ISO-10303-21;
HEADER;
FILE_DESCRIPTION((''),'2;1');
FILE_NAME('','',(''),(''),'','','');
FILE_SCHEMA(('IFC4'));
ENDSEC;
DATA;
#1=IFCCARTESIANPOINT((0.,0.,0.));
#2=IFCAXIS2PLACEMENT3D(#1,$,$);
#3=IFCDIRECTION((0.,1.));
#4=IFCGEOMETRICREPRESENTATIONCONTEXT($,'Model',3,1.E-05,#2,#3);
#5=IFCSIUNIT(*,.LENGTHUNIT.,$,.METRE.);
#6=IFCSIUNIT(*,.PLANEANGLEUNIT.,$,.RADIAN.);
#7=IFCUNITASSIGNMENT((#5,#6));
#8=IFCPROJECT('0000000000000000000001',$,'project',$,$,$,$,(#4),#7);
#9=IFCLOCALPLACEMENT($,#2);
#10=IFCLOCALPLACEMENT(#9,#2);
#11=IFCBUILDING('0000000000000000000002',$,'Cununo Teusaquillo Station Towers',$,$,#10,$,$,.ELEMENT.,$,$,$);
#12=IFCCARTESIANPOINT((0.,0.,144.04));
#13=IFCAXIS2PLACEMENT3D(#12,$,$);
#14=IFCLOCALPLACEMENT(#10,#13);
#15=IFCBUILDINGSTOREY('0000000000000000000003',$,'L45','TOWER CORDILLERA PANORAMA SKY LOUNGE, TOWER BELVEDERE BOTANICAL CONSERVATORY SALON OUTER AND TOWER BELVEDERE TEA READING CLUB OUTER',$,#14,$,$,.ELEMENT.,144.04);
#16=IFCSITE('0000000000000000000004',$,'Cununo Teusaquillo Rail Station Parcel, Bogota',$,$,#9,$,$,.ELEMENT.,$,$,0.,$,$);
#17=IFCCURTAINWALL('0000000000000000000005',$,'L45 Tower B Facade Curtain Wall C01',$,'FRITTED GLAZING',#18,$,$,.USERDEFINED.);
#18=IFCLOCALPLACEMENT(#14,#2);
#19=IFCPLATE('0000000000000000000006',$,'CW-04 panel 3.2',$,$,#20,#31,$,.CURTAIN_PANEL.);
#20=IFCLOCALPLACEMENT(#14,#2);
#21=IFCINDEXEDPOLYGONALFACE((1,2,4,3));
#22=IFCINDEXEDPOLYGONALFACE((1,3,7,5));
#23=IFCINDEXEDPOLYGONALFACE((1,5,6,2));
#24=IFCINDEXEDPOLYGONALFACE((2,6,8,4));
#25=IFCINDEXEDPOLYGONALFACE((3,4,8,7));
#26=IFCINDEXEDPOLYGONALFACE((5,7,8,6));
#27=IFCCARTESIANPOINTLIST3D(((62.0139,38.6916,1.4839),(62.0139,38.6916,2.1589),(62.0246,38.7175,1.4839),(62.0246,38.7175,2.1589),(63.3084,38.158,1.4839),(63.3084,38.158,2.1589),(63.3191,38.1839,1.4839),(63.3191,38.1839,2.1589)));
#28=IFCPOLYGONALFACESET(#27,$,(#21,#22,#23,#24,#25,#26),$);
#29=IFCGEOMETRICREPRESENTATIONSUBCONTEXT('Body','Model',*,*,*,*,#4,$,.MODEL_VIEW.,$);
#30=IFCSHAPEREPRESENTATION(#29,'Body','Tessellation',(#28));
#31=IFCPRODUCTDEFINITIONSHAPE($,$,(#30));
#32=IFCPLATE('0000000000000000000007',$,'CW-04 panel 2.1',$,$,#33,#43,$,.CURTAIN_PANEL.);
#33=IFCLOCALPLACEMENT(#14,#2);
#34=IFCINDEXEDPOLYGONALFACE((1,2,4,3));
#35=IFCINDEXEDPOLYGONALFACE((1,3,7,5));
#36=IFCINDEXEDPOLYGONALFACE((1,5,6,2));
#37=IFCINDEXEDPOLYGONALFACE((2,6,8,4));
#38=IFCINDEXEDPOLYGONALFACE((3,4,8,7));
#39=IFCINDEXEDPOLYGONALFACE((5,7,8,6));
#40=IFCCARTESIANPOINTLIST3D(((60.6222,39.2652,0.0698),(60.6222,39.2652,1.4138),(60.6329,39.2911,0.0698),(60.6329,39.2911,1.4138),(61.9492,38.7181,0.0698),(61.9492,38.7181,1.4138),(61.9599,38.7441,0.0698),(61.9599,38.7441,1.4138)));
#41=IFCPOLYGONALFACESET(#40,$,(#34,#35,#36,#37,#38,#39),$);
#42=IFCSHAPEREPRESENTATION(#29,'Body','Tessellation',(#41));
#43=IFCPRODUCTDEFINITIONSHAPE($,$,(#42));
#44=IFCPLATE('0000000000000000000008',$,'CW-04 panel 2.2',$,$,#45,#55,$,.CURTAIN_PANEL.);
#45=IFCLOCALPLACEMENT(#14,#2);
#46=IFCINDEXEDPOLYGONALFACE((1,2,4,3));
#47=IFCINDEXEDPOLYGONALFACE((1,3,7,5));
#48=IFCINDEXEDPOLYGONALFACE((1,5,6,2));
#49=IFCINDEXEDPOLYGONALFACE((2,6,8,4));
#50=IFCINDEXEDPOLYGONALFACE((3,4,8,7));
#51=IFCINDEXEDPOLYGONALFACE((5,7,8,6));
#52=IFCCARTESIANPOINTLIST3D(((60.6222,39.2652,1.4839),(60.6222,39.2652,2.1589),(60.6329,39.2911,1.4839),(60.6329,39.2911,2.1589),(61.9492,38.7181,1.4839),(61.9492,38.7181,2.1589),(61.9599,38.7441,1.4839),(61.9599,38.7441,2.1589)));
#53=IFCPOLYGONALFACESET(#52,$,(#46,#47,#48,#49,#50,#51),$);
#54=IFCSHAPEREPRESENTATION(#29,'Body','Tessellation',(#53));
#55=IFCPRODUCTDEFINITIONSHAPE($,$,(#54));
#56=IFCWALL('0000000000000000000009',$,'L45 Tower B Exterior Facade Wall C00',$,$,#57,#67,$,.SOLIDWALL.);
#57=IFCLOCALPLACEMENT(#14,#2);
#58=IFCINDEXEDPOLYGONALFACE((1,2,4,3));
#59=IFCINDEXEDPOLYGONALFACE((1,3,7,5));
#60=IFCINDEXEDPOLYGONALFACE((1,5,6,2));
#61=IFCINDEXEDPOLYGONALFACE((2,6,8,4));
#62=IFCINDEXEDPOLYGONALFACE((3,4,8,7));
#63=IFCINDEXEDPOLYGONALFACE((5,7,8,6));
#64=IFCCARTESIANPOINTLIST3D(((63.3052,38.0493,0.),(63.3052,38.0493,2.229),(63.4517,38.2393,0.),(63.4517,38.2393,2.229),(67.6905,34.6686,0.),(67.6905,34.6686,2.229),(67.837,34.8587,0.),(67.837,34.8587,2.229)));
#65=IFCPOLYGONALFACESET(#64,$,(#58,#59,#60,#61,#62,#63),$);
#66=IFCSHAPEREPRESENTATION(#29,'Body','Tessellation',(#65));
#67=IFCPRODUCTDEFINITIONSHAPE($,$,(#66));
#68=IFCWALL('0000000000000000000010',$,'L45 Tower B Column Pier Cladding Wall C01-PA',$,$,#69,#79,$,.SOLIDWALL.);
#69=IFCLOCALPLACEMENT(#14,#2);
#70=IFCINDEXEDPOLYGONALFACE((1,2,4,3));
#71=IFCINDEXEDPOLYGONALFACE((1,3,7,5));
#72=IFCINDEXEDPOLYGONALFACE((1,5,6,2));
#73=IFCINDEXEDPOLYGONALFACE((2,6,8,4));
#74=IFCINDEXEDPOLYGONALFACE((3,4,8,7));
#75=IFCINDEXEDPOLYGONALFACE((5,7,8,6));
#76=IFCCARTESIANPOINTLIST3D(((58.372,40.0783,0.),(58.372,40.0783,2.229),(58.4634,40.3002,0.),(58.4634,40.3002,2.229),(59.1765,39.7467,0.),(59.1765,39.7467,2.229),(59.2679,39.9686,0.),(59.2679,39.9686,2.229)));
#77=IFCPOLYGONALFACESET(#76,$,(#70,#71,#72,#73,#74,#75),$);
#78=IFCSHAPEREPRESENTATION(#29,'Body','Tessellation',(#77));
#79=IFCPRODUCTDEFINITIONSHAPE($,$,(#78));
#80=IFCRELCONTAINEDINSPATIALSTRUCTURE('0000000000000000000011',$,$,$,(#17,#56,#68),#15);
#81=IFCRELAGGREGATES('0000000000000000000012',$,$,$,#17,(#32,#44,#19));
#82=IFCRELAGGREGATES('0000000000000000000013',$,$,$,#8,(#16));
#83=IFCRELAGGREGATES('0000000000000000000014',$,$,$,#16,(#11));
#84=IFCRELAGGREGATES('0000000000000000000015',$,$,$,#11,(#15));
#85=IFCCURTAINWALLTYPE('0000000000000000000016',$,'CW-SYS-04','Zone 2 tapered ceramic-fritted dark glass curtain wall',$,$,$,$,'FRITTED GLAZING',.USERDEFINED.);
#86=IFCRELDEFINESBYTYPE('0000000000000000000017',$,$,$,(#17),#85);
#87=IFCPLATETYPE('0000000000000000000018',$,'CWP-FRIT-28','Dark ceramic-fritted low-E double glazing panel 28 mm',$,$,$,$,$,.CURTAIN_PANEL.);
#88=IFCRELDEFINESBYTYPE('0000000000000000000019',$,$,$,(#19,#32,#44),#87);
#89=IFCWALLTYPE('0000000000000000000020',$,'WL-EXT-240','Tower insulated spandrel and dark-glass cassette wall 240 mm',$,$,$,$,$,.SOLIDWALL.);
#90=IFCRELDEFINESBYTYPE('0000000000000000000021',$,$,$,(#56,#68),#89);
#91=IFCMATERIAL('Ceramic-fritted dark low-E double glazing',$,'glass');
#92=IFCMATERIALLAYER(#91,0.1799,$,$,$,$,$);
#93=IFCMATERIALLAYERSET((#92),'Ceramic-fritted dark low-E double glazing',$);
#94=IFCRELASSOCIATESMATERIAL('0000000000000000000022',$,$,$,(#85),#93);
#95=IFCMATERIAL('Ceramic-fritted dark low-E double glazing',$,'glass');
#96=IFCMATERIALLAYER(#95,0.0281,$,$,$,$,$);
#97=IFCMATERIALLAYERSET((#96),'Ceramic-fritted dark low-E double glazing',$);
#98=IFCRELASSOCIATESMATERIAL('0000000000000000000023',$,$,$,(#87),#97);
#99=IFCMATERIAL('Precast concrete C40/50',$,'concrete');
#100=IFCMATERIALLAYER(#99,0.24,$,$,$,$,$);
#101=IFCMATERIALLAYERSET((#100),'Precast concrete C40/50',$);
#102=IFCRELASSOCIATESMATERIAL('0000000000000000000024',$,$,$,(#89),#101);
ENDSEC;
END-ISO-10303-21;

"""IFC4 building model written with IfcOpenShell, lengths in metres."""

from ifc_helpers import new_model, si_unit, direction, frame, frame_2d, origin, origin_2d, place, context, subcontext, project, spatial, rectangle, extrude, source, transform, mapped, material, layer, layer_set, type_object, element, aggregate, save


model = new_model("IFC4")

# Units and contexts
model_context = context("Model", 3, precision=1e-05, world=origin(), true_north=direction((0.0, 1.0)))
body_context = subcontext(model_context, "Body", "Model", "MODEL_VIEW")
ifc_project = project(units=[si_unit("LENGTHUNIT", "METRE"), si_unit("PLANEANGLEUNIT", "RADIAN")], contexts=[model_context])

# Site, building, storey
site_placement = place(None, origin())
site = spatial("IfcSite", under=ifc_project, at=site_placement, Name="Cununo Teusaquillo Rail Station Parcel, Bogota", CompositionType="ELEMENT", RefElevation=0.0)
building_placement = place(site_placement, origin())
building = spatial("IfcBuilding", under=site, at=building_placement, Name="Cununo Teusaquillo Station Towers", CompositionType="ELEMENT")
storey_placement = place(building_placement, frame((0.0, 0.0, 144.04)))
storey = spatial("IfcBuildingStorey", under=building, at=storey_placement, Name="L45", Description="TOWER CORDILLERA PANORAMA SKY LOUNGE, TOWER BELVEDERE BOTANICAL CONSERVATORY SALON OUTER AND TOWER BELVEDERE TEA READING CLUB OUTER", CompositionType="ELEMENT", Elevation=144.04)

# Curtain wall, plates
ifc_material_1 = material(Name="Ceramic-fritted dark low-E double glazing", Category="glass")
ifc_layer_1 = layer(ifc_material_1, 0.1799)
ifc_layer_set_1 = layer_set([ifc_layer_1], Name="Ceramic-fritted dark low-E double glazing")
curtain_wall_type = type_object("IfcCurtainWallType", Name="CW-SYS-04", Description="Zone 2 tapered ceramic-fritted dark glass curtain wall", ElementType="FRITTED GLAZING", PredefinedType="USERDEFINED", material=ifc_layer_set_1)
curtain_wall_placement = place(storey_placement, origin())
curtain_wall = element("IfcCurtainWall", 1, at=curtain_wall_placement, inside=storey, type_object=curtain_wall_type, Name="L45 Tower B Facade Curtain Wall C01", ObjectType="FRITTED GLAZING", PredefinedType="USERDEFINED")
ifc_material_2 = material(Name="Ceramic-fritted dark low-E double glazing", Category="glass")
ifc_layer_2 = layer(ifc_material_2, 0.0281)
ifc_layer_set_2 = layer_set([ifc_layer_2], Name="Ceramic-fritted dark low-E double glazing")
plate_type = type_object("IfcPlateType", Name="CWP-FRIT-28", Description="Dark ceramic-fritted low-E double glazing panel 28 mm", PredefinedType="CURTAIN_PANEL", material=ifc_layer_set_2)
shared_shape_1 = source(origin(), body_context, "Body", "SweptSolid", [
    extrude(rectangle(XDim=1.4001, YDim=0.0281, at=origin_2d()), origin(), (0.0, 0.0, 1.0), 0.675),
])
plate_1_placement = place(storey_placement, frame((62.6665, 38.4377, 1.4839), z_axis=(0.0, 0.0, 1.0), x_axis=(0.924525, -0.381122, 0.0)))
plate_1 = element("IfcPlate", 2, at=plate_1_placement, type_object=plate_type, Name="CW-04 panel 3.2", PredefinedType="CURTAIN_PANEL", context=body_context, shape_type="MappedRepresentation", body=[
    mapped(shared_shape_1, transform((0.0, 0.0, 0.0), x_axis=(1.0, 0.0, 0.0), y_axis=(0.0, 1.0, 0.0), z_axis=(0.0, 0.0, 1.0), scale=1.0)),
])
shared_shape_2 = source(origin(), body_context, "Body", "SweptSolid", [
    extrude(rectangle(XDim=1.4353, YDim=0.0281, at=origin_2d()), origin(), (0.0, 0.0, 1.0), 1.344),
])
plate_2_placement = place(storey_placement, frame((61.291, 39.0046, 0.0698), z_axis=(0.0, 0.0, 1.0), x_axis=(0.924525, -0.381122, 0.0)))
plate_2 = element("IfcPlate", 3, at=plate_2_placement, type_object=plate_type, Name="CW-04 panel 2.1", PredefinedType="CURTAIN_PANEL", context=body_context, shape_type="MappedRepresentation", body=[
    mapped(shared_shape_2, transform((0.0, 0.0, 0.0), x_axis=(1.0, 0.0, 0.0), y_axis=(0.0, 1.0, 0.0), z_axis=(0.0, 0.0, 1.0), scale=1.0)),
])
shared_shape_3 = source(origin(), body_context, "Body", "SweptSolid", [
    extrude(rectangle(XDim=1.4353, YDim=0.0281, at=origin_2d()), origin(), (0.0, 0.0, 1.0), 0.675),
])
plate_3_placement = place(storey_placement, frame((61.291, 39.0046, 1.4839), z_axis=(0.0, 0.0, 1.0), x_axis=(0.924525, -0.381122, 0.0)))
plate_3 = element("IfcPlate", 4, at=plate_3_placement, type_object=plate_type, Name="CW-04 panel 2.2", PredefinedType="CURTAIN_PANEL", context=body_context, shape_type="MappedRepresentation", body=[
    mapped(shared_shape_3, transform((0.0, 0.0, 0.0), x_axis=(1.0, 0.0, 0.0), y_axis=(0.0, 1.0, 0.0), z_axis=(0.0, 0.0, 1.0), scale=1.0)),
])
aggregate(curtain_wall, [plate_2, plate_3, plate_1])

# Walls
ifc_material_3 = material(Name="Precast concrete C40/50", Category="concrete")
ifc_layer_3 = layer(ifc_material_3, 0.24)
ifc_layer_set_3 = layer_set([ifc_layer_3], Name="Precast concrete C40/50")
wall_type = type_object("IfcWallType", Name="WL-EXT-240", Description="Tower insulated spandrel and dark-glass cassette wall 240 mm", PredefinedType="SOLIDWALL", material=ifc_layer_set_3)
wall_1_placement = place(storey_placement, frame((63.3784, 38.1443, 0.0), z_axis=(0.0, 0.0, 1.0), x_axis=(0.791983, -0.610544, 0.0)))
element("IfcWall", 5, at=wall_1_placement, inside=storey, type_object=wall_type, Name="L45 Tower B Exterior Facade Wall C00", PredefinedType="SOLIDWALL", context=body_context, shape_type="SweptSolid", body=[
    extrude(rectangle(XDim=5.5371, YDim=0.24, at=frame_2d((2.7686, 0.0))), origin(), (0.0, 0.0, 1.0), 2.229),
])
wall_2_placement = place(storey_placement, frame((58.4177, 40.1892, 0.0), z_axis=(0.0, 0.0, 1.0), x_axis=(0.924556, -0.381046, 0.0)))
element("IfcWall", 6, at=wall_2_placement, inside=storey, type_object=wall_type, Name="L45 Tower B Column Pier Cladding Wall C01-PA", PredefinedType="SOLIDWALL", context=body_context, shape_type="SweptSolid", body=[
    extrude(rectangle(XDim=0.8701, YDim=0.24, at=frame_2d((0.4351, 0.0))), origin(), (0.0, 0.0, 1.0), 2.229),
])

save(model, "model.ifc")
